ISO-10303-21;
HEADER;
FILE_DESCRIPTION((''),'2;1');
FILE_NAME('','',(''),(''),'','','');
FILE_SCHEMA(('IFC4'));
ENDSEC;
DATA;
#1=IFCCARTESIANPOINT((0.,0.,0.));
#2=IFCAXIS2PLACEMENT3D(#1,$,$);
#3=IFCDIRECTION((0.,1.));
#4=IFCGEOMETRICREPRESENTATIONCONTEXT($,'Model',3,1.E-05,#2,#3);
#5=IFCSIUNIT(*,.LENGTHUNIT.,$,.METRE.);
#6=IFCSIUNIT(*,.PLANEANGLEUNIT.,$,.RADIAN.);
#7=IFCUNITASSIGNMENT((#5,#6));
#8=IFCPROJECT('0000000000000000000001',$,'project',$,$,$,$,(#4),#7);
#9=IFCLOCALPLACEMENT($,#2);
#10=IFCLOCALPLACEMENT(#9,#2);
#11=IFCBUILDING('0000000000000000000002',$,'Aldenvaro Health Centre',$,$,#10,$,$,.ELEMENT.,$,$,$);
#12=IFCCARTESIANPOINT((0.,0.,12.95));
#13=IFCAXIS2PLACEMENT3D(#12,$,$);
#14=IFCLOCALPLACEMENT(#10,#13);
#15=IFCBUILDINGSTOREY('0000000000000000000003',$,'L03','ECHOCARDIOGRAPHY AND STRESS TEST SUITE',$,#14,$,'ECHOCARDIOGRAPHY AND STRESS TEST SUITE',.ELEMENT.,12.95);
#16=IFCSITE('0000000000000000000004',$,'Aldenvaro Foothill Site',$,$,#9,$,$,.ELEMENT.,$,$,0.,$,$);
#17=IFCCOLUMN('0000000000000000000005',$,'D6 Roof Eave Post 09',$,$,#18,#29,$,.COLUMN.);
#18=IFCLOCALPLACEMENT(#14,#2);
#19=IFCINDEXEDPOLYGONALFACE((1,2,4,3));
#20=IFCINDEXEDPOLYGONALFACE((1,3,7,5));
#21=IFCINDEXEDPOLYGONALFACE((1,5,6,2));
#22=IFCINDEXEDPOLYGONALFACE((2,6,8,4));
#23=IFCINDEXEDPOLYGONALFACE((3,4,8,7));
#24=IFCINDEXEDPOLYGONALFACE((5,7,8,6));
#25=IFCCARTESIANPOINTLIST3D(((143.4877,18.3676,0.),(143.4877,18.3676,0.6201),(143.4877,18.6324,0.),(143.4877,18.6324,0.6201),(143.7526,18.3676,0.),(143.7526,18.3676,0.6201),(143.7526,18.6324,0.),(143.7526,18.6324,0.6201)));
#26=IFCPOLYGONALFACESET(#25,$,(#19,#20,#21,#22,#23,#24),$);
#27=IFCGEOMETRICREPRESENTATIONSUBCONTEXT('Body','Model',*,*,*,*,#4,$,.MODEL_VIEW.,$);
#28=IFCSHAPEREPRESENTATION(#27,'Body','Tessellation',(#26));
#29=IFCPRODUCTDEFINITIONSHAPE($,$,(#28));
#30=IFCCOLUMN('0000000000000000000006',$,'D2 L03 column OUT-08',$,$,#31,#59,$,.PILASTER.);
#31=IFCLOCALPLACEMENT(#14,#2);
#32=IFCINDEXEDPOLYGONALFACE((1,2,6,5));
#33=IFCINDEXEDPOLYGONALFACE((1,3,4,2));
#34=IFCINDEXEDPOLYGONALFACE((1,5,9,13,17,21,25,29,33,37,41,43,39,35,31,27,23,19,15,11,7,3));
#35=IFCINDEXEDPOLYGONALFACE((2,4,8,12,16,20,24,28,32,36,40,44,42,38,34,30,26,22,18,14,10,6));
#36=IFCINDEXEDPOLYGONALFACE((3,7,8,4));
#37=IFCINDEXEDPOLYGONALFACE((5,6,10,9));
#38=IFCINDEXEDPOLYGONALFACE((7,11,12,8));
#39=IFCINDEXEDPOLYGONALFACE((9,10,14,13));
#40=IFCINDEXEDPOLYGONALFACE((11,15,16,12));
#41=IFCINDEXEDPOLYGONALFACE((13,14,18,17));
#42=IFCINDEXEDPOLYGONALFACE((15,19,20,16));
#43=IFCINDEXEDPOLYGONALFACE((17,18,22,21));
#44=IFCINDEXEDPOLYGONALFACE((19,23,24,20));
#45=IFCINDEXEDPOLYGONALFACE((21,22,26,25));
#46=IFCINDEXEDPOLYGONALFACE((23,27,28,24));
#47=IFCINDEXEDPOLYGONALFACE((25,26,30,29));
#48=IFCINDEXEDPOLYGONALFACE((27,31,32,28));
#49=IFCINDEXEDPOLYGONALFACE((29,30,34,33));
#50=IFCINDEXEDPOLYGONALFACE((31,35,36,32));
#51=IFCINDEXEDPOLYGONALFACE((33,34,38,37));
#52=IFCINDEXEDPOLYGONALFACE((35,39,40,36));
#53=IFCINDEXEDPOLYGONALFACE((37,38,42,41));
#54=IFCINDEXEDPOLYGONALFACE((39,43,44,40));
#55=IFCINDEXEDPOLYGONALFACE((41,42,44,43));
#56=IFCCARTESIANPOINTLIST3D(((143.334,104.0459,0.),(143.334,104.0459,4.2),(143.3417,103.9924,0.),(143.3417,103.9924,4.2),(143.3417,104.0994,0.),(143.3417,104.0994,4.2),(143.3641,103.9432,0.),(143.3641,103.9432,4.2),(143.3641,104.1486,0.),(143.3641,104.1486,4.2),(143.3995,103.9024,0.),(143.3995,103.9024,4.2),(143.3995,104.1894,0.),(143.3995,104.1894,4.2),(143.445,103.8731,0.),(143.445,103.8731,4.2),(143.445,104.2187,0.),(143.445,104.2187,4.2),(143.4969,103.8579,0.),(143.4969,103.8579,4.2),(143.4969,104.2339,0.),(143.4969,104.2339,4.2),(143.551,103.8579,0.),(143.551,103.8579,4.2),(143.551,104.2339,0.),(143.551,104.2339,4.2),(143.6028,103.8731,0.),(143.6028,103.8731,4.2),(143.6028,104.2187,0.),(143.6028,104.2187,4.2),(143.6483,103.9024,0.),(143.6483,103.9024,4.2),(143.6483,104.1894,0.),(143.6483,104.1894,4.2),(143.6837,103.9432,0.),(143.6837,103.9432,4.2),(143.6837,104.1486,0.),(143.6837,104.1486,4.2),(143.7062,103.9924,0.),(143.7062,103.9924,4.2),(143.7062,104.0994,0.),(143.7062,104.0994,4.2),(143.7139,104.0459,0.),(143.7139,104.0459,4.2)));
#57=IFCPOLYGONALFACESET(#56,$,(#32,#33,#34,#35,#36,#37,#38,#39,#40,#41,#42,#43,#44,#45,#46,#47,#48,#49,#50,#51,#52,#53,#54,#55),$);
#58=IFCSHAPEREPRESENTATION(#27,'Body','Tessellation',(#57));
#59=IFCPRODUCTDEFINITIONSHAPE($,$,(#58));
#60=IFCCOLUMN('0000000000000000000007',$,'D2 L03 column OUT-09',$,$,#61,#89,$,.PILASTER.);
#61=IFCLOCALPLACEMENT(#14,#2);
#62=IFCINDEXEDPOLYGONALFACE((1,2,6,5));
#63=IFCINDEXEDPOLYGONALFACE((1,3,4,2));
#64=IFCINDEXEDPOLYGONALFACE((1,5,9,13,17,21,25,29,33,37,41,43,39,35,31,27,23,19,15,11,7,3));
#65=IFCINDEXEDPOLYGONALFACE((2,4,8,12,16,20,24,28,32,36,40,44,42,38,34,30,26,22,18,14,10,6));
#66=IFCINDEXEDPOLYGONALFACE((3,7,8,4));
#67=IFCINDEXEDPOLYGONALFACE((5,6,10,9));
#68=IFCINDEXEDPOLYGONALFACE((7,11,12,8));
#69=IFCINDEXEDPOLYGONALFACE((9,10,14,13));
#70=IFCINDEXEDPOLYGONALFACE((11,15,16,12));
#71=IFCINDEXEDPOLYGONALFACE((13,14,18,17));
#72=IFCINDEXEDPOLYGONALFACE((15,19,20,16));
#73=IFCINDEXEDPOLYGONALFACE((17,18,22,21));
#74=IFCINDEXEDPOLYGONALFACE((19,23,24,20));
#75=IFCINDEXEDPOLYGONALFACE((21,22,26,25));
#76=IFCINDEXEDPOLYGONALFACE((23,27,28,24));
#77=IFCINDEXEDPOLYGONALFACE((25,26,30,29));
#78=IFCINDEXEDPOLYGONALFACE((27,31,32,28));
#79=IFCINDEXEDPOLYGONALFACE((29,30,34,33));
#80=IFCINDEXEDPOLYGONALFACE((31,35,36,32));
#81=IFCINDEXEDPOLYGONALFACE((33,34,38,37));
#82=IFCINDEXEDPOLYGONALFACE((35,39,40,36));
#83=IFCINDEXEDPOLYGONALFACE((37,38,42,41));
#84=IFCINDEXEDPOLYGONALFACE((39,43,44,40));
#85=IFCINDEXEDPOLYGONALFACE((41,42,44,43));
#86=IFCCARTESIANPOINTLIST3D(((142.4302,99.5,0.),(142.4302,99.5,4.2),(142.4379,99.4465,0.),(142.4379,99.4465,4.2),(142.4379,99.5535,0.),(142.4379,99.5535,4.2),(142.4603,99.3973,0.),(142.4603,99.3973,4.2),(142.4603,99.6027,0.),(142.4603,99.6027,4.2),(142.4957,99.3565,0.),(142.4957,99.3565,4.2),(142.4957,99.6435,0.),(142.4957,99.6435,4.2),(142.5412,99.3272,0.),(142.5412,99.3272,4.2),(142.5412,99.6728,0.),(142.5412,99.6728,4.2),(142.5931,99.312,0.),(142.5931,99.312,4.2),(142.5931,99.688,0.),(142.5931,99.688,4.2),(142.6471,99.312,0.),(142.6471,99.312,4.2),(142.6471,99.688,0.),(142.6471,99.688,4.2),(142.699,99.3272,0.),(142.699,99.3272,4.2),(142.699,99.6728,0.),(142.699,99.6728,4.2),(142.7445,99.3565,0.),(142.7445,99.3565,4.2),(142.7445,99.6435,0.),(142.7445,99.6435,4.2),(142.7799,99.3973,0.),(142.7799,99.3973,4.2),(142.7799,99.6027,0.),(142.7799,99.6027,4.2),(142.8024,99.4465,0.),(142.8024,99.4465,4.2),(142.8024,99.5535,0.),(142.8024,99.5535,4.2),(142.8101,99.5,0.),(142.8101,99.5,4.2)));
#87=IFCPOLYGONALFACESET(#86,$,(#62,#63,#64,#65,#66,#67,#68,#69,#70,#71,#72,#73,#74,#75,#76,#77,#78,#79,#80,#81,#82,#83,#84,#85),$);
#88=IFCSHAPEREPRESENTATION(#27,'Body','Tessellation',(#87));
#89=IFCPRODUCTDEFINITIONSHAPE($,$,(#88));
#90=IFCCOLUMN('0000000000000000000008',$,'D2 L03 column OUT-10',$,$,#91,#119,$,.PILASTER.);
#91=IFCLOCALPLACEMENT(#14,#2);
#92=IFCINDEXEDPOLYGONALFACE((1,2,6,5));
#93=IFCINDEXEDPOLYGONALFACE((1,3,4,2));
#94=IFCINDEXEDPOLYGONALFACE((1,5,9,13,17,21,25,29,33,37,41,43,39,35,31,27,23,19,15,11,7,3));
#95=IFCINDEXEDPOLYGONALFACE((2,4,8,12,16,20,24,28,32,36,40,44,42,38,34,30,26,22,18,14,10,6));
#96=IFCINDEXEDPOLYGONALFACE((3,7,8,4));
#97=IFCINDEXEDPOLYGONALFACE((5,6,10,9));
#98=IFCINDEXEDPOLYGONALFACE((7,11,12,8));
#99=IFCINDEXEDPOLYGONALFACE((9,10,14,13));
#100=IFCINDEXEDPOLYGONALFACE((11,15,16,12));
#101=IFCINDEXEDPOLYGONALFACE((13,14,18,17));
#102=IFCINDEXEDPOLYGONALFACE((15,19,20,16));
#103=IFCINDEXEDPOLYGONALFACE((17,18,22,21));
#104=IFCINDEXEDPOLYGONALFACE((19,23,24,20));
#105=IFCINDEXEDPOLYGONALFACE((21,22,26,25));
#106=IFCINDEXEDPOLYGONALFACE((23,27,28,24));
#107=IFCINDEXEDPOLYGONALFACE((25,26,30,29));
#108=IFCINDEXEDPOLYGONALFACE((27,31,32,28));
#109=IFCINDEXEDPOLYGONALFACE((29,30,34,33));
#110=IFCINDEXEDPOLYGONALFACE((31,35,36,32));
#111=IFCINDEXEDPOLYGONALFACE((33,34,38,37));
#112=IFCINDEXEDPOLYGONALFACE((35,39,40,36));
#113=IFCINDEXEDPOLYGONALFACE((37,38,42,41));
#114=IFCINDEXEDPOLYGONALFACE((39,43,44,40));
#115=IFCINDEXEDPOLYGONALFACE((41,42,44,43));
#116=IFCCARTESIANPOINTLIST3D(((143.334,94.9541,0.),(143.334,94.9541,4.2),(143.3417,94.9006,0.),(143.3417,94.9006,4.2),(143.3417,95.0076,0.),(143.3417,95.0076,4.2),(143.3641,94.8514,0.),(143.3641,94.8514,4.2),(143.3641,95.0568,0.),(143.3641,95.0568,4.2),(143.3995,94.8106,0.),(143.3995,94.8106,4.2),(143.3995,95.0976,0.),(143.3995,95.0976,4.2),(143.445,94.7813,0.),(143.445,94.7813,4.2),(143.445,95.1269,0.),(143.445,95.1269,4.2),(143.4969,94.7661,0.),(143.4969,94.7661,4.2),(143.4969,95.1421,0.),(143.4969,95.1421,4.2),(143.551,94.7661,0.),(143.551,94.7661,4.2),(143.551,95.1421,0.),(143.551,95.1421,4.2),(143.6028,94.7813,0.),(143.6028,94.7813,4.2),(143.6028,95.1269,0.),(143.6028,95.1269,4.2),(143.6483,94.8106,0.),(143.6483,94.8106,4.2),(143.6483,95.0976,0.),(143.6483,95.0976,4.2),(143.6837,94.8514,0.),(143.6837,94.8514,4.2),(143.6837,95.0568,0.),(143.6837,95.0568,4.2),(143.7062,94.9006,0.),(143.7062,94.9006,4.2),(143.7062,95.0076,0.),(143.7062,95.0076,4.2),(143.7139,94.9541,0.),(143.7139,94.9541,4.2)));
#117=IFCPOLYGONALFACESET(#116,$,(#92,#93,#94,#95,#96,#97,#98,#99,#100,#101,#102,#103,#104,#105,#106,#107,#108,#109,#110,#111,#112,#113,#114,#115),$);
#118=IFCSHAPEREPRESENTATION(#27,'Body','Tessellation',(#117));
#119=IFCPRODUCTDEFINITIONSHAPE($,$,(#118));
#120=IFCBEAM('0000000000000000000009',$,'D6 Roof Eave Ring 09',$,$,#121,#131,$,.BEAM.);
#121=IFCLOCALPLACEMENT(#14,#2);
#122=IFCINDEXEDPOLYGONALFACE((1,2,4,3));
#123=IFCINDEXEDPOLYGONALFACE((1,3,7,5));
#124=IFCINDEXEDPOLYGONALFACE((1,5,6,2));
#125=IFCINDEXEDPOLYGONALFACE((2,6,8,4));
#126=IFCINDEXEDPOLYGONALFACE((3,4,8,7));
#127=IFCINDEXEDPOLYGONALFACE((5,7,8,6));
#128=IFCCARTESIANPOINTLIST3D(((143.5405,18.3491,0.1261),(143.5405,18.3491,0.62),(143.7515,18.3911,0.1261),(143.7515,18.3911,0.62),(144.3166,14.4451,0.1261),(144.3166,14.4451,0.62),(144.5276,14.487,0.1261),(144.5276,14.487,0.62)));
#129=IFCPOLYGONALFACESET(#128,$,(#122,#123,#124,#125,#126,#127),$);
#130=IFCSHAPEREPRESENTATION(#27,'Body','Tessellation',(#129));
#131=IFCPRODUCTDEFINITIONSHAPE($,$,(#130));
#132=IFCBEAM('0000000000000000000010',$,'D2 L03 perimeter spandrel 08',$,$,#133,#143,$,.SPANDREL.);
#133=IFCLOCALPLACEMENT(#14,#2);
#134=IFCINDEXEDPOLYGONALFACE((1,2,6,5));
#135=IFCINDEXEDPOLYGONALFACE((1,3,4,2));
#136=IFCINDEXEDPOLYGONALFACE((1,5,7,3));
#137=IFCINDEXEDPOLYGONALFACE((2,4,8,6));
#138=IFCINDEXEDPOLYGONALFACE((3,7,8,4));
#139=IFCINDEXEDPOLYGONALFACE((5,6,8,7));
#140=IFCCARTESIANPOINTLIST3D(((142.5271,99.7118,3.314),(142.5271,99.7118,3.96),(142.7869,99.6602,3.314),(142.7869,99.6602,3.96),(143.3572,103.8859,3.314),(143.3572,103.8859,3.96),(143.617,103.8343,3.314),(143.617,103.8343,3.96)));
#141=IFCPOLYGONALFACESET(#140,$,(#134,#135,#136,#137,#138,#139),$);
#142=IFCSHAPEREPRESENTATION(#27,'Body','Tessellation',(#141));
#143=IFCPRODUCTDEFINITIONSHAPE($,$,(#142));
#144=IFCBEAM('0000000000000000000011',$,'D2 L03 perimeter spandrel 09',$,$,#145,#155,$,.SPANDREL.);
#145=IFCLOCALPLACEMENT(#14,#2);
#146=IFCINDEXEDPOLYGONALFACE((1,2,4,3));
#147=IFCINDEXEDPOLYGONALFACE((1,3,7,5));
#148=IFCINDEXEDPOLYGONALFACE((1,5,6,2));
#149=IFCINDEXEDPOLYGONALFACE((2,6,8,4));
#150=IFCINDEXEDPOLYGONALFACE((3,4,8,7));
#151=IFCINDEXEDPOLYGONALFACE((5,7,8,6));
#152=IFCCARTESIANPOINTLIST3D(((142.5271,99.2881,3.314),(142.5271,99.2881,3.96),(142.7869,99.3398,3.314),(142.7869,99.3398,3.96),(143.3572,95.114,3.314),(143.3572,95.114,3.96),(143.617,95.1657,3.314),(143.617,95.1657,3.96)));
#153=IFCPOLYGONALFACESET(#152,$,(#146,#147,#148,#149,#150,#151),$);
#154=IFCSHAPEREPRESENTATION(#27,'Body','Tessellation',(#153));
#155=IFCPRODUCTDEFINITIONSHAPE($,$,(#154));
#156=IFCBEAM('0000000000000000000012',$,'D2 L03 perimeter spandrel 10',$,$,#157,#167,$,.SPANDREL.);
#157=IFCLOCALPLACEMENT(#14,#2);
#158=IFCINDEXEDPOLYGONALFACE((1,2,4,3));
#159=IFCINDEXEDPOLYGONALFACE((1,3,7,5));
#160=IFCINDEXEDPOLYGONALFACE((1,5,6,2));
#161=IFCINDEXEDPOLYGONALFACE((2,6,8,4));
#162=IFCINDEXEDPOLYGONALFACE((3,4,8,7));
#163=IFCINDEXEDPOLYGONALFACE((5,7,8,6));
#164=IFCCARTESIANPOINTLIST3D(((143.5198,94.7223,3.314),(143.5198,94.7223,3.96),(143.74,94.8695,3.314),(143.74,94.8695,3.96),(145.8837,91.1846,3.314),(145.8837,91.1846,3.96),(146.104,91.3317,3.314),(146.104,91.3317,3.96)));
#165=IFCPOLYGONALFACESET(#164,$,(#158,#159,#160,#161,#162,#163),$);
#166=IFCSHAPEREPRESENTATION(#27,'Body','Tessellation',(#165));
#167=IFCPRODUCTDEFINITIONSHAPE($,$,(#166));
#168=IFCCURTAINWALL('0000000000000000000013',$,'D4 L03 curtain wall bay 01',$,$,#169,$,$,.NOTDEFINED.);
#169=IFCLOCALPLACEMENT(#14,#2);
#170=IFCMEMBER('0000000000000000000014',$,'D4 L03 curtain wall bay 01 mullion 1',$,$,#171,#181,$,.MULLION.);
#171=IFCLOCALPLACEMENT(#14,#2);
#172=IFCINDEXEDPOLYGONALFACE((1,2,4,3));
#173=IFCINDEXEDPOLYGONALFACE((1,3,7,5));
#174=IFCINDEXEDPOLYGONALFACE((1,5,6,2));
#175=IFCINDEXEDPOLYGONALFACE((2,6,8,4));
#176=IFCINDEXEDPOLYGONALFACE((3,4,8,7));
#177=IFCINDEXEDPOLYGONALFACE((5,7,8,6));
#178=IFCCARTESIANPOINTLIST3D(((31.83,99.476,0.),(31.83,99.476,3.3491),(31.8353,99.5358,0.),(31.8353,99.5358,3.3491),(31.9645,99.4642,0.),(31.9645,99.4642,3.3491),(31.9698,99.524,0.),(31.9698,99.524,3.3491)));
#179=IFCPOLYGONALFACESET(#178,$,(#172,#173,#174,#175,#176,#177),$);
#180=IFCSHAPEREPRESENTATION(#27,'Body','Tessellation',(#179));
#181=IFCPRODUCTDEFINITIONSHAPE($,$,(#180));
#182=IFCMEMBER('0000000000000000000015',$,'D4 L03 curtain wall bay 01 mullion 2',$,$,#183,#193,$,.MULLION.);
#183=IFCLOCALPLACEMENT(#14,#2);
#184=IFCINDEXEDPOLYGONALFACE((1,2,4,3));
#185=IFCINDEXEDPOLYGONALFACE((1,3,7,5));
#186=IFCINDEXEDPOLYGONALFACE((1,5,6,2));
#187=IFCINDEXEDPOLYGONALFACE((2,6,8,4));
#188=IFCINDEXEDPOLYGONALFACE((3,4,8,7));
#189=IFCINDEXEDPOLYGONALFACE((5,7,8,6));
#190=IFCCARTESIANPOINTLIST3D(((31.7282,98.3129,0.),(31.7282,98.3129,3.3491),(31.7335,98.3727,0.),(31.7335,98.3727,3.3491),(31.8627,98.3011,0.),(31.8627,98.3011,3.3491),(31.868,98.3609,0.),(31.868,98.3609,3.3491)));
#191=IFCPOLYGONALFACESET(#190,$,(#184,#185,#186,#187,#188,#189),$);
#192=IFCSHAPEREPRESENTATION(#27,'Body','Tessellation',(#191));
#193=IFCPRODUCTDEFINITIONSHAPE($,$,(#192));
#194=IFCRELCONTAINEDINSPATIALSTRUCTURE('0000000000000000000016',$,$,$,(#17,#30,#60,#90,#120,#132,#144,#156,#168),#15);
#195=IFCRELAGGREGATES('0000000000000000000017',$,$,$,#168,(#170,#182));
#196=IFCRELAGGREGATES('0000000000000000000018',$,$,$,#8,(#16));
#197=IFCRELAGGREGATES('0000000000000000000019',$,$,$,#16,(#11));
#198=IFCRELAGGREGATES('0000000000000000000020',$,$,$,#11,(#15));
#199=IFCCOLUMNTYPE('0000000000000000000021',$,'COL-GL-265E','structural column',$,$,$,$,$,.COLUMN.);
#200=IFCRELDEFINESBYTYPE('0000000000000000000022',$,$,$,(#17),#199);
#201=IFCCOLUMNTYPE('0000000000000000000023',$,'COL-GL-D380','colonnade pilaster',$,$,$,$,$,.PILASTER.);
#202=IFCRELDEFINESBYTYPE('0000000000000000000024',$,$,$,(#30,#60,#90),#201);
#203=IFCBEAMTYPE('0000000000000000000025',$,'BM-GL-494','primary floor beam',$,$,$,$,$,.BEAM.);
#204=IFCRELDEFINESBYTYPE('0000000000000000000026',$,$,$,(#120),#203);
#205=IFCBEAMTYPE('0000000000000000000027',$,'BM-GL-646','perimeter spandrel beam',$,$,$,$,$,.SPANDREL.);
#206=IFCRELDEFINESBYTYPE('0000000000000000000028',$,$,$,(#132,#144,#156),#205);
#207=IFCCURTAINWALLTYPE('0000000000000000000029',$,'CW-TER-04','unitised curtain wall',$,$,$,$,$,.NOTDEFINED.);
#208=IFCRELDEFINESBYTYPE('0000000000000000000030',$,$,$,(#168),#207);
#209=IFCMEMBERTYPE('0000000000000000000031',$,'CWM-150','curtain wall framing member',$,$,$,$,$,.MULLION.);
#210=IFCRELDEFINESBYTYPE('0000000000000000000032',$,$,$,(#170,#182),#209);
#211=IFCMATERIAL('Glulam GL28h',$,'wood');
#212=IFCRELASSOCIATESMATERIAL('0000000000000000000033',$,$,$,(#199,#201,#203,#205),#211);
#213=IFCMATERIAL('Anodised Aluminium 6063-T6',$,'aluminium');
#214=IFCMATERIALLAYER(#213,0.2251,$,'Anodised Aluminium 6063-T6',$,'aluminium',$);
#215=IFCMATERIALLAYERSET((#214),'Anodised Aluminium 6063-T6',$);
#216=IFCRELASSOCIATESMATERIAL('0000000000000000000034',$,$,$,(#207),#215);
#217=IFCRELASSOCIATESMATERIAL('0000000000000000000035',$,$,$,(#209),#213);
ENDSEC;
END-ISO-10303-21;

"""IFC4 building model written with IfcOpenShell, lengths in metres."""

from ifc_helpers import new_model, si_unit, direction, frame, origin, origin_2d, place, context, subcontext, project, spatial, rectangle, circle, extrude, material, layer, layer_set, material_profile, profile_set, type_object, element, aggregate, save


model = new_model("IFC4")

# Units and contexts
model_context = context("Model", 3, precision=1e-05, world=origin(), true_north=direction((0.0, 1.0)))
body_context = subcontext(model_context, "Body", "Model", "MODEL_VIEW")
ifc_project = project(units=[si_unit("LENGTHUNIT", "METRE"), si_unit("PLANEANGLEUNIT", "RADIAN")], contexts=[model_context])

# Site, building, storey
site_placement = place(None, origin())
site = spatial("IfcSite", under=ifc_project, at=site_placement, Name="Aldenvaro Foothill Site", CompositionType="ELEMENT", RefElevation=0.0)
building_placement = place(site_placement, origin())
building = spatial("IfcBuilding", under=site, at=building_placement, Name="Aldenvaro Health Centre", CompositionType="ELEMENT")
storey_placement = place(building_placement, frame((0.0, 0.0, 12.95)))
storey = spatial("IfcBuildingStorey", under=building, at=storey_placement, Name="L03", Description="ECHOCARDIOGRAPHY AND STRESS TEST SUITE", LongName="ECHOCARDIOGRAPHY AND STRESS TEST SUITE", CompositionType="ELEMENT", Elevation=12.95)

# Columns
ifc_material_1 = material(Name="Glulam GL28h", Category="wood")
ifc_material_profile_1 = material_profile(ifc_material_1, rectangle(XDim=0.2649, YDim=0.2649, at=origin_2d()), Name="GL 265x265", Category="wood")
ifc_profile_set_1 = profile_set([ifc_material_profile_1], Name="Glulam GL28h")
column_type_1 = type_object("IfcColumnType", Name="COL-GL-265E", Description="structural column", PredefinedType="COLUMN", material=ifc_profile_set_1)
column_placement = place(storey_placement, frame((143.6201, 18.5, 0.0), z_axis=(0.0, 0.0, 1.0), x_axis=(1.0, 0.0, 0.0)))
element("IfcColumn", 1, at=column_placement, inside=storey, type_object=column_type_1, Name="D6 Roof Eave Post 09", PredefinedType="COLUMN", context=body_context, shape_type="SweptSolid", body=[
    extrude(rectangle(XDim=0.2649, YDim=0.2649, at=origin_2d()), origin(), (0.0, 0.0, 1.0), 0.6201),
])
ifc_material_profile_2 = material_profile(ifc_material_1, circle(Radius=0.1899, at=origin_2d()), Name="GL D380", Category="wood")
ifc_profile_set_2 = profile_set([ifc_material_profile_2], Name="Glulam GL28h")
column_type_2 = type_object("IfcColumnType", Name="COL-GL-D380", Description="colonnade pilaster", PredefinedType="PILASTER", material=ifc_profile_set_2)
for number, where, z_axis, x_axis, name in (
    (2, (143.5239, 104.0459, 0.0), (0.0, 0.0, 1.0), (1.0, 0.0, 0.0), "D2 L03 column OUT-08"),
    (3, (142.6201, 99.5, 0.0), (0.0, 0.0, 1.0), (1.0, 0.0, 0.0), "D2 L03 column OUT-09"),
    (4, (143.5239, 94.9541, 0.0), (0.0, 0.0, 1.0), (1.0, 0.0, 0.0), "D2 L03 column OUT-10"),
):
    element("IfcColumn", number, at=place(storey_placement, frame(where, z_axis=z_axis, x_axis=x_axis)), inside=storey, type_object=column_type_2, Name=name, PredefinedType="PILASTER", context=body_context, shape_type="SweptSolid", body=[
        extrude(circle(Radius=0.1899, at=origin_2d()), origin(), (0.0, 0.0, 1.0), 4.2),
    ])

# Beams
ifc_material_profile_3 = material_profile(ifc_material_1, rectangle(XDim=0.2151, YDim=0.4939, at=origin_2d()), Name="GL 215x494", Category="wood")
ifc_profile_set_3 = profile_set([ifc_material_profile_3], Name="Glulam GL28h")
beam_type_1 = type_object("IfcBeamType", Name="BM-GL-494", Description="primary floor beam", PredefinedType="BEAM", material=ifc_profile_set_3)
beam_1_placement = place(storey_placement, frame((143.646, 18.3701, 0.373), z_axis=(0.194984, -0.980806, 0.0), x_axis=(0.980806, 0.194984, 0.0)))
element("IfcBeam", 5, at=beam_1_placement, inside=storey, type_object=beam_type_1, Name="D6 Roof Eave Ring 09", PredefinedType="BEAM", context=body_context, shape_type="SweptSolid", body=[
    extrude(rectangle(XDim=0.2151, YDim=0.4939, at=origin_2d()), origin(), (0.0, 0.0, 1.0), 3.9805),
])
ifc_material_profile_4 = material_profile(ifc_material_1, rectangle(XDim=0.2649, YDim=0.646, at=origin_2d()), Name="GL 265x646", Category="wood")
ifc_profile_set_4 = profile_set([ifc_material_profile_4], Name="Glulam GL28h")
beam_type_2 = type_object("IfcBeamType", Name="BM-GL-646", Description="perimeter spandrel beam", PredefinedType="SPANDREL", material=ifc_profile_set_4)
for number, where, z_axis, x_axis, name in (
    (6, (143.4871, 103.8601, 3.637), (-0.195046, -0.980794, 0.0), (0.980794, -0.195046, 0.0), "D2 L03 perimeter spandrel 08"),
    (7, (142.657, 99.314, 3.637), (0.195046, -0.980794, 0.0), (0.980794, 0.195046, 0.0), "D2 L03 perimeter spandrel 09"),
):
    element("IfcBeam", number, at=place(storey_placement, frame(where, z_axis=z_axis, x_axis=x_axis)), inside=storey, type_object=beam_type_2, Name=name, PredefinedType="SPANDREL", context=body_context, shape_type="SweptSolid", body=[
        extrude(rectangle(XDim=0.2649, YDim=0.646, at=origin_2d()), origin(), (0.0, 0.0, 1.0), 4.2559),
    ])
beam_2_placement = place(storey_placement, frame((143.6299, 94.7959, 3.637), z_axis=(0.555587, -0.831458, 0.0), x_axis=(0.831458, 0.555587, 0.0)))
element("IfcBeam", 8, at=beam_2_placement, inside=storey, type_object=beam_type_2, Name="D2 L03 perimeter spandrel 10", PredefinedType="SPANDREL", context=body_context, shape_type="SweptSolid", body=[
    extrude(rectangle(XDim=0.2649, YDim=0.646, at=origin_2d()), origin(), (0.0, 0.0, 1.0), 4.2549),
])

# Curtain wall, members
ifc_material_2 = material(Name="Anodised Aluminium 6063-T6", Category="aluminium")
ifc_layer_1 = layer(ifc_material_2, 0.2251, Name="Anodised Aluminium 6063-T6", Category="aluminium")
ifc_layer_set_1 = layer_set([ifc_layer_1], Name="Anodised Aluminium 6063-T6")
curtain_wall_type = type_object("IfcCurtainWallType", Name="CW-TER-04", Description="unitised curtain wall", PredefinedType="NOTDEFINED", material=ifc_layer_set_1)
curtain_wall_placement = place(storey_placement, origin())
curtain_wall = element("IfcCurtainWall", 9, at=curtain_wall_placement, inside=storey, type_object=curtain_wall_type, Name="D4 L03 curtain wall bay 01", PredefinedType="NOTDEFINED")
ifc_material_profile_5 = material_profile(ifc_material_2, rectangle(XDim=0.0601, YDim=0.135, at=origin_2d()), Name="ALU 60x135", Category="aluminium")
ifc_profile_set_5 = profile_set([ifc_material_profile_5], Name="Anodised Aluminium 6063-T6")
member_type_1 = type_object("IfcMemberType", Name="CWM-150", Description="curtain wall framing member", PredefinedType="MULLION", material=ifc_profile_set_5)
member_1_placement = place(storey_placement, frame((31.8999, 99.5, 0.0), z_axis=(0.0, 0.0, 1.0), x_axis=(-0.087332, -0.996179, 0.0)))
member_1 = element("IfcMember", 10, at=member_1_placement, type_object=member_type_1, Name="D4 L03 curtain wall bay 01 mullion 1", PredefinedType="MULLION", context=body_context, shape_type="SweptSolid", body=[
    extrude(rectangle(XDim=0.0601, YDim=0.135, at=origin_2d()), origin(), (0.0, 0.0, 1.0), 3.3491),
])
member_2_placement = place(storey_placement, frame((31.7981, 98.3369, 0.0), z_axis=(0.0, 0.0, 1.0), x_axis=(-0.087332, -0.996179, 0.0)))
member_2 = element("IfcMember", 11, at=member_2_placement, type_object=member_type_1, Name="D4 L03 curtain wall bay 01 mullion 2", PredefinedType="MULLION", context=body_context, shape_type="SweptSolid", body=[
    extrude(rectangle(XDim=0.0601, YDim=0.135, at=origin_2d()), origin(), (0.0, 0.0, 1.0), 3.3491),
])

aggregate(curtain_wall, [member_1, member_2])

save(model, "model.ifc")
